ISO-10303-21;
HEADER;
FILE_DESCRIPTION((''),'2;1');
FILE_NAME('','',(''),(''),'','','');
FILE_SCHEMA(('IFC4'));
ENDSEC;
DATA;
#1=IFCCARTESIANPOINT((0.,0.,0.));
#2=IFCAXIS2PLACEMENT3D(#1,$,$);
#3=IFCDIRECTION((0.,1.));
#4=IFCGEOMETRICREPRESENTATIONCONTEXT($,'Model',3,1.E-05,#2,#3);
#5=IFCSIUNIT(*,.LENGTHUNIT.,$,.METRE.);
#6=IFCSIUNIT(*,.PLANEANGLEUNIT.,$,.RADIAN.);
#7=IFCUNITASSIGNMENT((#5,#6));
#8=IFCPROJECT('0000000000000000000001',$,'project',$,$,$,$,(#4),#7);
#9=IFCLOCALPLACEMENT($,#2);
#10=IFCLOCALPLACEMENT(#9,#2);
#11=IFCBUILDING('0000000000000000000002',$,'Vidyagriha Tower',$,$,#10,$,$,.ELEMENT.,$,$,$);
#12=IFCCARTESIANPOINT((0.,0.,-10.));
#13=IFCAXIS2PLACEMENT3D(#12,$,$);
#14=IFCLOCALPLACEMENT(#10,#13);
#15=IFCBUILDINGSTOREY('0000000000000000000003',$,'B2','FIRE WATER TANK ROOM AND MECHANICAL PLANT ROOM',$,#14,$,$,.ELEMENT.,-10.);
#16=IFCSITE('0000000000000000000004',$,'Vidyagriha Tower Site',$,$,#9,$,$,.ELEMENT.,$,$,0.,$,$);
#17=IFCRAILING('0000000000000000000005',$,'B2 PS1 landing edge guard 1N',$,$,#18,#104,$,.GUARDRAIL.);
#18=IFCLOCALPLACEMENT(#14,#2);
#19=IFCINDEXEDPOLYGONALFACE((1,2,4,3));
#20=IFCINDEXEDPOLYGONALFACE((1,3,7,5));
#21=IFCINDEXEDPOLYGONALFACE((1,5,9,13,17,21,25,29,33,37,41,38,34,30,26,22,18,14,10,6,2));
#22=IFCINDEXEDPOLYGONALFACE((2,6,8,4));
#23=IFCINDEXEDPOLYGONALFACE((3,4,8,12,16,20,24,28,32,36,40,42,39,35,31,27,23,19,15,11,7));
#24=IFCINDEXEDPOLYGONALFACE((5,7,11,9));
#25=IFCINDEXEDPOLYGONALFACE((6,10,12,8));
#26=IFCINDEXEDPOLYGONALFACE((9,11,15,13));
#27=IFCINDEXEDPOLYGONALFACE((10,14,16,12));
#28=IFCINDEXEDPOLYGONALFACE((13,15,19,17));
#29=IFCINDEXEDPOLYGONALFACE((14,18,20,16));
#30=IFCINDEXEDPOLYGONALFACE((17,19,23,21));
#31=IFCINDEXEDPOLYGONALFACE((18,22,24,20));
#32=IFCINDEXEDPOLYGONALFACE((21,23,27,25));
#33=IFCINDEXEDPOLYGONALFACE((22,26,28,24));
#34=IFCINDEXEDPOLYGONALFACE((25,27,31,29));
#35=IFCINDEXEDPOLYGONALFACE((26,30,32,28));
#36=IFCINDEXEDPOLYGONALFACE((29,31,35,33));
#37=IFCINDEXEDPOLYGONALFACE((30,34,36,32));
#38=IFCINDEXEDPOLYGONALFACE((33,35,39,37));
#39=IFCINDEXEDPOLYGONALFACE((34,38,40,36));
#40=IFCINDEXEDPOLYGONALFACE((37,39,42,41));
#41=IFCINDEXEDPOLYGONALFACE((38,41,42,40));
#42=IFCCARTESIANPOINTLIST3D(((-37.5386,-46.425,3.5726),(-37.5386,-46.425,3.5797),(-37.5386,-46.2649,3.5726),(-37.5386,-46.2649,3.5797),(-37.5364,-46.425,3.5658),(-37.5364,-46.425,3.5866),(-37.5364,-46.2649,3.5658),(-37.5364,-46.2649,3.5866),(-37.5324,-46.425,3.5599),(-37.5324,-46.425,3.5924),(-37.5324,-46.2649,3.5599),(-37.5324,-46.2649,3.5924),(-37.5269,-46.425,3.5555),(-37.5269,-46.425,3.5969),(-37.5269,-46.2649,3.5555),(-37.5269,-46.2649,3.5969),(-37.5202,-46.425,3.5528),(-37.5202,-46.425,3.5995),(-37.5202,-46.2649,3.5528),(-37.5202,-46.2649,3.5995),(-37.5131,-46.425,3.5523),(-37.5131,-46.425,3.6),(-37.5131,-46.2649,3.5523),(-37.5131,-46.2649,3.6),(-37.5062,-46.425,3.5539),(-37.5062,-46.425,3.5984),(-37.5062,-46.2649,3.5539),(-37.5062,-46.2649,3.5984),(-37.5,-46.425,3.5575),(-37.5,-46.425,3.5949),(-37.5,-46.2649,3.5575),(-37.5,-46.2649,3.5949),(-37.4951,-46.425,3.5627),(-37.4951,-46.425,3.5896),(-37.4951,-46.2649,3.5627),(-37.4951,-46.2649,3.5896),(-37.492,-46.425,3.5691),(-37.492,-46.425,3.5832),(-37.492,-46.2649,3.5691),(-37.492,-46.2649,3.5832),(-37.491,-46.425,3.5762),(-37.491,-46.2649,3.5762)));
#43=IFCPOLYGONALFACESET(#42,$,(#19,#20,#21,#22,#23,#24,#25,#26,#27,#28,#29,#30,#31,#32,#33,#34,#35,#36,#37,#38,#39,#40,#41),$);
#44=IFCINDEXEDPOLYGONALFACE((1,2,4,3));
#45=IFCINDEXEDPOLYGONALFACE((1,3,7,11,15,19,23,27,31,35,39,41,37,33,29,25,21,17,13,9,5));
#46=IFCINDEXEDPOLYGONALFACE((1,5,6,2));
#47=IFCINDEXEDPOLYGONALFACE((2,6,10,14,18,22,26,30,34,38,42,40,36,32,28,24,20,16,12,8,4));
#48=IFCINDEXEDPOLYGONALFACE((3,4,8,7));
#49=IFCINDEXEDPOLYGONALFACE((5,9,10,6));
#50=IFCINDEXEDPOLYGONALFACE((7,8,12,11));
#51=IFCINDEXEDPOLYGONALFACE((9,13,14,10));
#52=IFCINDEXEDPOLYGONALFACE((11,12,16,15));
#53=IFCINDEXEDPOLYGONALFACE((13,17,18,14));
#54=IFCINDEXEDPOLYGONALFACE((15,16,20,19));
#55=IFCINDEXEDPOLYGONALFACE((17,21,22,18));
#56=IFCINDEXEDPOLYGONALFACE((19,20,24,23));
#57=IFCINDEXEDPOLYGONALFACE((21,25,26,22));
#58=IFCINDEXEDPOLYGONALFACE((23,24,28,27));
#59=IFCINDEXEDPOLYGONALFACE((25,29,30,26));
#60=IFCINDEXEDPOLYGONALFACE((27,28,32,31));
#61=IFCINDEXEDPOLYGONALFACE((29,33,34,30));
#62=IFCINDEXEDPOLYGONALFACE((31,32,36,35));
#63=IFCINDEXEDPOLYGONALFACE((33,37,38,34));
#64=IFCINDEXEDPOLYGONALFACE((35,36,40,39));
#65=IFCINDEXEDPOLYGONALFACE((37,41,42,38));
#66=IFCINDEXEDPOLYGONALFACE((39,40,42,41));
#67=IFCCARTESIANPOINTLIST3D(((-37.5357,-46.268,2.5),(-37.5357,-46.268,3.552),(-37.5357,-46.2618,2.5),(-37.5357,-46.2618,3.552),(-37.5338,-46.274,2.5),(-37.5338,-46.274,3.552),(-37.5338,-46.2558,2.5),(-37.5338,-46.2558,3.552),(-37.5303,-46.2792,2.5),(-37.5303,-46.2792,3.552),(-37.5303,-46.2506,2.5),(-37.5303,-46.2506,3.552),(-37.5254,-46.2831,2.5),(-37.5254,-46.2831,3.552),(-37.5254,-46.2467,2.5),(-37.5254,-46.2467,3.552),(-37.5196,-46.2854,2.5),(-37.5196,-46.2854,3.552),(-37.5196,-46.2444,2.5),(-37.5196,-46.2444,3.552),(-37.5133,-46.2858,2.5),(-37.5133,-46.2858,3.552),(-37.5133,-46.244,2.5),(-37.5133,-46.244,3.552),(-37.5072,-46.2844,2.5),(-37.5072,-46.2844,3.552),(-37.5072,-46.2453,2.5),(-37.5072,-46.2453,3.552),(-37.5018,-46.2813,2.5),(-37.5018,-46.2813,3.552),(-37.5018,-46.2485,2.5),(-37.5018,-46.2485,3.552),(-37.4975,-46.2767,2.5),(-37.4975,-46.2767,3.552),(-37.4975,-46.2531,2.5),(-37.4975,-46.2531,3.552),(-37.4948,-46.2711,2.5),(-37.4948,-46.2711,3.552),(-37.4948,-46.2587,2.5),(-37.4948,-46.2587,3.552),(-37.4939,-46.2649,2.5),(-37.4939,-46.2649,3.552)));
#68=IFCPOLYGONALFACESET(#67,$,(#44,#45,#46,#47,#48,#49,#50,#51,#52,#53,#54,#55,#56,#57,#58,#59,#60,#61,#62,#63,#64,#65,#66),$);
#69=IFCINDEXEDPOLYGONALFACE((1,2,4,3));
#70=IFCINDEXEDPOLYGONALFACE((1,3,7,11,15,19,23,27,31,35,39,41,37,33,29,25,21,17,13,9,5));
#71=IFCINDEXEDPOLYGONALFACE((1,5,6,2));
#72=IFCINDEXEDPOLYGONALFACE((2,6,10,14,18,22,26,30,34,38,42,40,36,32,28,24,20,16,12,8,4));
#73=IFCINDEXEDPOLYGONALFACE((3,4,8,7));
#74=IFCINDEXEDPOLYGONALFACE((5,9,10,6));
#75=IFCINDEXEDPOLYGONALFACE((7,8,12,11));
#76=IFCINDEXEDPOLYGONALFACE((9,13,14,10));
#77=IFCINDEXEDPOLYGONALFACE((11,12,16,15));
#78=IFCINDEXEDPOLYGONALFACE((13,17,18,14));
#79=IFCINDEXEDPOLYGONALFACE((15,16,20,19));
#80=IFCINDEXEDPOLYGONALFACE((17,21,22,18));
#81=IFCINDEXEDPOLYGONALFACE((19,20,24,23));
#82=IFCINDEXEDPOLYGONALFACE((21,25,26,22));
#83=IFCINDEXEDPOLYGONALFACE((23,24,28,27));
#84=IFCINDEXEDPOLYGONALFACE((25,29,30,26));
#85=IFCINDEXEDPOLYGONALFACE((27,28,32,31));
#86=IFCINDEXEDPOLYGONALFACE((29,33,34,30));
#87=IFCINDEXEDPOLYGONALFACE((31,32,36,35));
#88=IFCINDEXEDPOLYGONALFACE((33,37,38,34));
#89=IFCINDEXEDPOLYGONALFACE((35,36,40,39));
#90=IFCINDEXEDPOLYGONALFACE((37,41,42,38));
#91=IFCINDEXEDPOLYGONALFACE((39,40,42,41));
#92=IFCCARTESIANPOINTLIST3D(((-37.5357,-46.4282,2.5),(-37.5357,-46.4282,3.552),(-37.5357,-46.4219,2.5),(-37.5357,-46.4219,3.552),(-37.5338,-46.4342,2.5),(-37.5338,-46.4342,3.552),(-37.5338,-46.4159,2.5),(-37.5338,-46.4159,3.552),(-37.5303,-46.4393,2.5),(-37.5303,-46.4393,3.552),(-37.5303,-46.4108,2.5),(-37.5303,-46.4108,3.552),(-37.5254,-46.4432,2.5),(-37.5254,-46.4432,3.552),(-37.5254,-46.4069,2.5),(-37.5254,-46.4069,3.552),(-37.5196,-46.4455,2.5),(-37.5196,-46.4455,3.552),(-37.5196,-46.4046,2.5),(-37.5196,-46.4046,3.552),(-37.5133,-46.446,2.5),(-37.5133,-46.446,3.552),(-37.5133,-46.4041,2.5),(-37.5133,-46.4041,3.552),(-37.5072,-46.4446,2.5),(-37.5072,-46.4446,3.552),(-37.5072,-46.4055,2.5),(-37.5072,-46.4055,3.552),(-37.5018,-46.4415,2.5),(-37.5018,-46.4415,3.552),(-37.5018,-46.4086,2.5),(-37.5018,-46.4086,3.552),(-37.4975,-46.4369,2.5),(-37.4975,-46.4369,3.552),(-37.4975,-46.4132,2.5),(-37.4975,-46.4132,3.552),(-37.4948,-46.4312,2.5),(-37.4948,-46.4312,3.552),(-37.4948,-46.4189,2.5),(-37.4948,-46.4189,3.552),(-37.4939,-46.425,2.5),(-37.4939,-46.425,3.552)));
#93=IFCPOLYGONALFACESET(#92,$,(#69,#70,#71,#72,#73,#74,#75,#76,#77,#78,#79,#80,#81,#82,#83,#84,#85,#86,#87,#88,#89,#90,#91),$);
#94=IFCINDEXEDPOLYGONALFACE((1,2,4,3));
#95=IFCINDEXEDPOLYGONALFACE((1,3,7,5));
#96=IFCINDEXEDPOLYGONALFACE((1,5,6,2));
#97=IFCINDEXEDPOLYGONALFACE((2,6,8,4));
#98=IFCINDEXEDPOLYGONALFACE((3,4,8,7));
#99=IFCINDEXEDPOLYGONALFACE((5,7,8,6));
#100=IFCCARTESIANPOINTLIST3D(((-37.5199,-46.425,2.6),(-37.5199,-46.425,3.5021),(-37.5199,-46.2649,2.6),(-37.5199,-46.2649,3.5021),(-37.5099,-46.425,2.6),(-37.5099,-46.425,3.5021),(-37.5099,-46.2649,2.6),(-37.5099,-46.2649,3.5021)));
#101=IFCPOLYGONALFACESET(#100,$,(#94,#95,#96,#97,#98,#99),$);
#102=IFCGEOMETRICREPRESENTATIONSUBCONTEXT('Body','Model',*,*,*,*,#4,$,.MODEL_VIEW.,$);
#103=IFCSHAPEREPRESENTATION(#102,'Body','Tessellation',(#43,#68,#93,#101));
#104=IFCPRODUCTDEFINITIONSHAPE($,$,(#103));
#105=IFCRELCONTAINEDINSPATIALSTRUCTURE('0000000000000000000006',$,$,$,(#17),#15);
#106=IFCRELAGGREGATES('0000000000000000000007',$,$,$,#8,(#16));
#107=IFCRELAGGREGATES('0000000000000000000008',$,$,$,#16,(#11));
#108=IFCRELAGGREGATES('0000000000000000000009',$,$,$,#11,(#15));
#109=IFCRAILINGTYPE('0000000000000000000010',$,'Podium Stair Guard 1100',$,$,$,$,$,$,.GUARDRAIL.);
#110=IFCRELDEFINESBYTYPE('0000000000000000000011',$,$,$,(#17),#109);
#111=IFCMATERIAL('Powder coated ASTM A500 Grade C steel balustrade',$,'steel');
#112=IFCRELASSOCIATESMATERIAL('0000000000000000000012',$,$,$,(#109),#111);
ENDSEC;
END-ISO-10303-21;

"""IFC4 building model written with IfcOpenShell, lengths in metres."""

from ifc_helpers import new_model, si_unit, direction, frame, origin, origin_2d, place, context, subcontext, project, spatial, rectangle, circle, extrude, material, type_object, element, save


model = new_model("IFC4")

# Units and contexts
model_context = context("Model", 3, precision=1e-05, world=origin(), true_north=direction((0.0, 1.0)))
body_context = subcontext(model_context, "Body", "Model", "MODEL_VIEW")
ifc_project = project(units=[si_unit("LENGTHUNIT", "METRE"), si_unit("PLANEANGLEUNIT", "RADIAN")], contexts=[model_context])

# Site, building, storey
site_placement = place(None, origin())
site = spatial("IfcSite", under=ifc_project, at=site_placement, Name="Vidyagriha Tower Site", CompositionType="ELEMENT", RefElevation=0.0)
building_placement = place(site_placement, origin())
building = spatial("IfcBuilding", under=site, at=building_placement, Name="Vidyagriha Tower", CompositionType="ELEMENT")
storey_placement = place(building_placement, frame((0.0, 0.0, -10.0)))
storey = spatial("IfcBuildingStorey", under=building, at=storey_placement, Name="B2", Description="FIRE WATER TANK ROOM AND MECHANICAL PLANT ROOM", CompositionType="ELEMENT", Elevation=-10.0)

# Railing
ifc_material_1 = material(Name="Powder coated ASTM A500 Grade C steel balustrade", Category="steel")
railing_type_1 = type_object("IfcRailingType", Name="Podium Stair Guard 1100", PredefinedType="GUARDRAIL", material=ifc_material_1)
railing_1_placement = place(storey_placement, frame((-37.5149, -46.2649, 2.5)))
element("IfcRailing", 1, at=railing_1_placement, inside=storey, type_object=railing_type_1, Name="B2 PS1 landing edge guard 1N", PredefinedType="GUARDRAIL", context=body_context, shape_type="SweptSolid", body=[
    extrude(circle(Radius=0.0239, at=origin_2d()), frame((0.0, 0.0, 1.0762), z_axis=(0.0, -1.0, 0.0), x_axis=(1.0, 0.0, 0.0)), (0.0, 0.0, 1.0), 0.1602),
    extrude(circle(Radius=0.021, at=origin_2d()), origin(), (0.0, 0.0, 1.0), 1.052),
    extrude(circle(Radius=0.021, at=origin_2d()), frame((0.0, -0.1602, 0.0)), (0.0, 0.0, 1.0), 1.052),
    extrude(rectangle(XDim=0.01, YDim=0.9021, at=origin_2d()), frame((0.0, 0.0, 0.551), z_axis=(0.0, -1.0, 0.0), x_axis=(1.0, 0.0, 0.0)), (0.0, 0.0, 1.0), 0.1602),
])

save(model, "model.ifc")
